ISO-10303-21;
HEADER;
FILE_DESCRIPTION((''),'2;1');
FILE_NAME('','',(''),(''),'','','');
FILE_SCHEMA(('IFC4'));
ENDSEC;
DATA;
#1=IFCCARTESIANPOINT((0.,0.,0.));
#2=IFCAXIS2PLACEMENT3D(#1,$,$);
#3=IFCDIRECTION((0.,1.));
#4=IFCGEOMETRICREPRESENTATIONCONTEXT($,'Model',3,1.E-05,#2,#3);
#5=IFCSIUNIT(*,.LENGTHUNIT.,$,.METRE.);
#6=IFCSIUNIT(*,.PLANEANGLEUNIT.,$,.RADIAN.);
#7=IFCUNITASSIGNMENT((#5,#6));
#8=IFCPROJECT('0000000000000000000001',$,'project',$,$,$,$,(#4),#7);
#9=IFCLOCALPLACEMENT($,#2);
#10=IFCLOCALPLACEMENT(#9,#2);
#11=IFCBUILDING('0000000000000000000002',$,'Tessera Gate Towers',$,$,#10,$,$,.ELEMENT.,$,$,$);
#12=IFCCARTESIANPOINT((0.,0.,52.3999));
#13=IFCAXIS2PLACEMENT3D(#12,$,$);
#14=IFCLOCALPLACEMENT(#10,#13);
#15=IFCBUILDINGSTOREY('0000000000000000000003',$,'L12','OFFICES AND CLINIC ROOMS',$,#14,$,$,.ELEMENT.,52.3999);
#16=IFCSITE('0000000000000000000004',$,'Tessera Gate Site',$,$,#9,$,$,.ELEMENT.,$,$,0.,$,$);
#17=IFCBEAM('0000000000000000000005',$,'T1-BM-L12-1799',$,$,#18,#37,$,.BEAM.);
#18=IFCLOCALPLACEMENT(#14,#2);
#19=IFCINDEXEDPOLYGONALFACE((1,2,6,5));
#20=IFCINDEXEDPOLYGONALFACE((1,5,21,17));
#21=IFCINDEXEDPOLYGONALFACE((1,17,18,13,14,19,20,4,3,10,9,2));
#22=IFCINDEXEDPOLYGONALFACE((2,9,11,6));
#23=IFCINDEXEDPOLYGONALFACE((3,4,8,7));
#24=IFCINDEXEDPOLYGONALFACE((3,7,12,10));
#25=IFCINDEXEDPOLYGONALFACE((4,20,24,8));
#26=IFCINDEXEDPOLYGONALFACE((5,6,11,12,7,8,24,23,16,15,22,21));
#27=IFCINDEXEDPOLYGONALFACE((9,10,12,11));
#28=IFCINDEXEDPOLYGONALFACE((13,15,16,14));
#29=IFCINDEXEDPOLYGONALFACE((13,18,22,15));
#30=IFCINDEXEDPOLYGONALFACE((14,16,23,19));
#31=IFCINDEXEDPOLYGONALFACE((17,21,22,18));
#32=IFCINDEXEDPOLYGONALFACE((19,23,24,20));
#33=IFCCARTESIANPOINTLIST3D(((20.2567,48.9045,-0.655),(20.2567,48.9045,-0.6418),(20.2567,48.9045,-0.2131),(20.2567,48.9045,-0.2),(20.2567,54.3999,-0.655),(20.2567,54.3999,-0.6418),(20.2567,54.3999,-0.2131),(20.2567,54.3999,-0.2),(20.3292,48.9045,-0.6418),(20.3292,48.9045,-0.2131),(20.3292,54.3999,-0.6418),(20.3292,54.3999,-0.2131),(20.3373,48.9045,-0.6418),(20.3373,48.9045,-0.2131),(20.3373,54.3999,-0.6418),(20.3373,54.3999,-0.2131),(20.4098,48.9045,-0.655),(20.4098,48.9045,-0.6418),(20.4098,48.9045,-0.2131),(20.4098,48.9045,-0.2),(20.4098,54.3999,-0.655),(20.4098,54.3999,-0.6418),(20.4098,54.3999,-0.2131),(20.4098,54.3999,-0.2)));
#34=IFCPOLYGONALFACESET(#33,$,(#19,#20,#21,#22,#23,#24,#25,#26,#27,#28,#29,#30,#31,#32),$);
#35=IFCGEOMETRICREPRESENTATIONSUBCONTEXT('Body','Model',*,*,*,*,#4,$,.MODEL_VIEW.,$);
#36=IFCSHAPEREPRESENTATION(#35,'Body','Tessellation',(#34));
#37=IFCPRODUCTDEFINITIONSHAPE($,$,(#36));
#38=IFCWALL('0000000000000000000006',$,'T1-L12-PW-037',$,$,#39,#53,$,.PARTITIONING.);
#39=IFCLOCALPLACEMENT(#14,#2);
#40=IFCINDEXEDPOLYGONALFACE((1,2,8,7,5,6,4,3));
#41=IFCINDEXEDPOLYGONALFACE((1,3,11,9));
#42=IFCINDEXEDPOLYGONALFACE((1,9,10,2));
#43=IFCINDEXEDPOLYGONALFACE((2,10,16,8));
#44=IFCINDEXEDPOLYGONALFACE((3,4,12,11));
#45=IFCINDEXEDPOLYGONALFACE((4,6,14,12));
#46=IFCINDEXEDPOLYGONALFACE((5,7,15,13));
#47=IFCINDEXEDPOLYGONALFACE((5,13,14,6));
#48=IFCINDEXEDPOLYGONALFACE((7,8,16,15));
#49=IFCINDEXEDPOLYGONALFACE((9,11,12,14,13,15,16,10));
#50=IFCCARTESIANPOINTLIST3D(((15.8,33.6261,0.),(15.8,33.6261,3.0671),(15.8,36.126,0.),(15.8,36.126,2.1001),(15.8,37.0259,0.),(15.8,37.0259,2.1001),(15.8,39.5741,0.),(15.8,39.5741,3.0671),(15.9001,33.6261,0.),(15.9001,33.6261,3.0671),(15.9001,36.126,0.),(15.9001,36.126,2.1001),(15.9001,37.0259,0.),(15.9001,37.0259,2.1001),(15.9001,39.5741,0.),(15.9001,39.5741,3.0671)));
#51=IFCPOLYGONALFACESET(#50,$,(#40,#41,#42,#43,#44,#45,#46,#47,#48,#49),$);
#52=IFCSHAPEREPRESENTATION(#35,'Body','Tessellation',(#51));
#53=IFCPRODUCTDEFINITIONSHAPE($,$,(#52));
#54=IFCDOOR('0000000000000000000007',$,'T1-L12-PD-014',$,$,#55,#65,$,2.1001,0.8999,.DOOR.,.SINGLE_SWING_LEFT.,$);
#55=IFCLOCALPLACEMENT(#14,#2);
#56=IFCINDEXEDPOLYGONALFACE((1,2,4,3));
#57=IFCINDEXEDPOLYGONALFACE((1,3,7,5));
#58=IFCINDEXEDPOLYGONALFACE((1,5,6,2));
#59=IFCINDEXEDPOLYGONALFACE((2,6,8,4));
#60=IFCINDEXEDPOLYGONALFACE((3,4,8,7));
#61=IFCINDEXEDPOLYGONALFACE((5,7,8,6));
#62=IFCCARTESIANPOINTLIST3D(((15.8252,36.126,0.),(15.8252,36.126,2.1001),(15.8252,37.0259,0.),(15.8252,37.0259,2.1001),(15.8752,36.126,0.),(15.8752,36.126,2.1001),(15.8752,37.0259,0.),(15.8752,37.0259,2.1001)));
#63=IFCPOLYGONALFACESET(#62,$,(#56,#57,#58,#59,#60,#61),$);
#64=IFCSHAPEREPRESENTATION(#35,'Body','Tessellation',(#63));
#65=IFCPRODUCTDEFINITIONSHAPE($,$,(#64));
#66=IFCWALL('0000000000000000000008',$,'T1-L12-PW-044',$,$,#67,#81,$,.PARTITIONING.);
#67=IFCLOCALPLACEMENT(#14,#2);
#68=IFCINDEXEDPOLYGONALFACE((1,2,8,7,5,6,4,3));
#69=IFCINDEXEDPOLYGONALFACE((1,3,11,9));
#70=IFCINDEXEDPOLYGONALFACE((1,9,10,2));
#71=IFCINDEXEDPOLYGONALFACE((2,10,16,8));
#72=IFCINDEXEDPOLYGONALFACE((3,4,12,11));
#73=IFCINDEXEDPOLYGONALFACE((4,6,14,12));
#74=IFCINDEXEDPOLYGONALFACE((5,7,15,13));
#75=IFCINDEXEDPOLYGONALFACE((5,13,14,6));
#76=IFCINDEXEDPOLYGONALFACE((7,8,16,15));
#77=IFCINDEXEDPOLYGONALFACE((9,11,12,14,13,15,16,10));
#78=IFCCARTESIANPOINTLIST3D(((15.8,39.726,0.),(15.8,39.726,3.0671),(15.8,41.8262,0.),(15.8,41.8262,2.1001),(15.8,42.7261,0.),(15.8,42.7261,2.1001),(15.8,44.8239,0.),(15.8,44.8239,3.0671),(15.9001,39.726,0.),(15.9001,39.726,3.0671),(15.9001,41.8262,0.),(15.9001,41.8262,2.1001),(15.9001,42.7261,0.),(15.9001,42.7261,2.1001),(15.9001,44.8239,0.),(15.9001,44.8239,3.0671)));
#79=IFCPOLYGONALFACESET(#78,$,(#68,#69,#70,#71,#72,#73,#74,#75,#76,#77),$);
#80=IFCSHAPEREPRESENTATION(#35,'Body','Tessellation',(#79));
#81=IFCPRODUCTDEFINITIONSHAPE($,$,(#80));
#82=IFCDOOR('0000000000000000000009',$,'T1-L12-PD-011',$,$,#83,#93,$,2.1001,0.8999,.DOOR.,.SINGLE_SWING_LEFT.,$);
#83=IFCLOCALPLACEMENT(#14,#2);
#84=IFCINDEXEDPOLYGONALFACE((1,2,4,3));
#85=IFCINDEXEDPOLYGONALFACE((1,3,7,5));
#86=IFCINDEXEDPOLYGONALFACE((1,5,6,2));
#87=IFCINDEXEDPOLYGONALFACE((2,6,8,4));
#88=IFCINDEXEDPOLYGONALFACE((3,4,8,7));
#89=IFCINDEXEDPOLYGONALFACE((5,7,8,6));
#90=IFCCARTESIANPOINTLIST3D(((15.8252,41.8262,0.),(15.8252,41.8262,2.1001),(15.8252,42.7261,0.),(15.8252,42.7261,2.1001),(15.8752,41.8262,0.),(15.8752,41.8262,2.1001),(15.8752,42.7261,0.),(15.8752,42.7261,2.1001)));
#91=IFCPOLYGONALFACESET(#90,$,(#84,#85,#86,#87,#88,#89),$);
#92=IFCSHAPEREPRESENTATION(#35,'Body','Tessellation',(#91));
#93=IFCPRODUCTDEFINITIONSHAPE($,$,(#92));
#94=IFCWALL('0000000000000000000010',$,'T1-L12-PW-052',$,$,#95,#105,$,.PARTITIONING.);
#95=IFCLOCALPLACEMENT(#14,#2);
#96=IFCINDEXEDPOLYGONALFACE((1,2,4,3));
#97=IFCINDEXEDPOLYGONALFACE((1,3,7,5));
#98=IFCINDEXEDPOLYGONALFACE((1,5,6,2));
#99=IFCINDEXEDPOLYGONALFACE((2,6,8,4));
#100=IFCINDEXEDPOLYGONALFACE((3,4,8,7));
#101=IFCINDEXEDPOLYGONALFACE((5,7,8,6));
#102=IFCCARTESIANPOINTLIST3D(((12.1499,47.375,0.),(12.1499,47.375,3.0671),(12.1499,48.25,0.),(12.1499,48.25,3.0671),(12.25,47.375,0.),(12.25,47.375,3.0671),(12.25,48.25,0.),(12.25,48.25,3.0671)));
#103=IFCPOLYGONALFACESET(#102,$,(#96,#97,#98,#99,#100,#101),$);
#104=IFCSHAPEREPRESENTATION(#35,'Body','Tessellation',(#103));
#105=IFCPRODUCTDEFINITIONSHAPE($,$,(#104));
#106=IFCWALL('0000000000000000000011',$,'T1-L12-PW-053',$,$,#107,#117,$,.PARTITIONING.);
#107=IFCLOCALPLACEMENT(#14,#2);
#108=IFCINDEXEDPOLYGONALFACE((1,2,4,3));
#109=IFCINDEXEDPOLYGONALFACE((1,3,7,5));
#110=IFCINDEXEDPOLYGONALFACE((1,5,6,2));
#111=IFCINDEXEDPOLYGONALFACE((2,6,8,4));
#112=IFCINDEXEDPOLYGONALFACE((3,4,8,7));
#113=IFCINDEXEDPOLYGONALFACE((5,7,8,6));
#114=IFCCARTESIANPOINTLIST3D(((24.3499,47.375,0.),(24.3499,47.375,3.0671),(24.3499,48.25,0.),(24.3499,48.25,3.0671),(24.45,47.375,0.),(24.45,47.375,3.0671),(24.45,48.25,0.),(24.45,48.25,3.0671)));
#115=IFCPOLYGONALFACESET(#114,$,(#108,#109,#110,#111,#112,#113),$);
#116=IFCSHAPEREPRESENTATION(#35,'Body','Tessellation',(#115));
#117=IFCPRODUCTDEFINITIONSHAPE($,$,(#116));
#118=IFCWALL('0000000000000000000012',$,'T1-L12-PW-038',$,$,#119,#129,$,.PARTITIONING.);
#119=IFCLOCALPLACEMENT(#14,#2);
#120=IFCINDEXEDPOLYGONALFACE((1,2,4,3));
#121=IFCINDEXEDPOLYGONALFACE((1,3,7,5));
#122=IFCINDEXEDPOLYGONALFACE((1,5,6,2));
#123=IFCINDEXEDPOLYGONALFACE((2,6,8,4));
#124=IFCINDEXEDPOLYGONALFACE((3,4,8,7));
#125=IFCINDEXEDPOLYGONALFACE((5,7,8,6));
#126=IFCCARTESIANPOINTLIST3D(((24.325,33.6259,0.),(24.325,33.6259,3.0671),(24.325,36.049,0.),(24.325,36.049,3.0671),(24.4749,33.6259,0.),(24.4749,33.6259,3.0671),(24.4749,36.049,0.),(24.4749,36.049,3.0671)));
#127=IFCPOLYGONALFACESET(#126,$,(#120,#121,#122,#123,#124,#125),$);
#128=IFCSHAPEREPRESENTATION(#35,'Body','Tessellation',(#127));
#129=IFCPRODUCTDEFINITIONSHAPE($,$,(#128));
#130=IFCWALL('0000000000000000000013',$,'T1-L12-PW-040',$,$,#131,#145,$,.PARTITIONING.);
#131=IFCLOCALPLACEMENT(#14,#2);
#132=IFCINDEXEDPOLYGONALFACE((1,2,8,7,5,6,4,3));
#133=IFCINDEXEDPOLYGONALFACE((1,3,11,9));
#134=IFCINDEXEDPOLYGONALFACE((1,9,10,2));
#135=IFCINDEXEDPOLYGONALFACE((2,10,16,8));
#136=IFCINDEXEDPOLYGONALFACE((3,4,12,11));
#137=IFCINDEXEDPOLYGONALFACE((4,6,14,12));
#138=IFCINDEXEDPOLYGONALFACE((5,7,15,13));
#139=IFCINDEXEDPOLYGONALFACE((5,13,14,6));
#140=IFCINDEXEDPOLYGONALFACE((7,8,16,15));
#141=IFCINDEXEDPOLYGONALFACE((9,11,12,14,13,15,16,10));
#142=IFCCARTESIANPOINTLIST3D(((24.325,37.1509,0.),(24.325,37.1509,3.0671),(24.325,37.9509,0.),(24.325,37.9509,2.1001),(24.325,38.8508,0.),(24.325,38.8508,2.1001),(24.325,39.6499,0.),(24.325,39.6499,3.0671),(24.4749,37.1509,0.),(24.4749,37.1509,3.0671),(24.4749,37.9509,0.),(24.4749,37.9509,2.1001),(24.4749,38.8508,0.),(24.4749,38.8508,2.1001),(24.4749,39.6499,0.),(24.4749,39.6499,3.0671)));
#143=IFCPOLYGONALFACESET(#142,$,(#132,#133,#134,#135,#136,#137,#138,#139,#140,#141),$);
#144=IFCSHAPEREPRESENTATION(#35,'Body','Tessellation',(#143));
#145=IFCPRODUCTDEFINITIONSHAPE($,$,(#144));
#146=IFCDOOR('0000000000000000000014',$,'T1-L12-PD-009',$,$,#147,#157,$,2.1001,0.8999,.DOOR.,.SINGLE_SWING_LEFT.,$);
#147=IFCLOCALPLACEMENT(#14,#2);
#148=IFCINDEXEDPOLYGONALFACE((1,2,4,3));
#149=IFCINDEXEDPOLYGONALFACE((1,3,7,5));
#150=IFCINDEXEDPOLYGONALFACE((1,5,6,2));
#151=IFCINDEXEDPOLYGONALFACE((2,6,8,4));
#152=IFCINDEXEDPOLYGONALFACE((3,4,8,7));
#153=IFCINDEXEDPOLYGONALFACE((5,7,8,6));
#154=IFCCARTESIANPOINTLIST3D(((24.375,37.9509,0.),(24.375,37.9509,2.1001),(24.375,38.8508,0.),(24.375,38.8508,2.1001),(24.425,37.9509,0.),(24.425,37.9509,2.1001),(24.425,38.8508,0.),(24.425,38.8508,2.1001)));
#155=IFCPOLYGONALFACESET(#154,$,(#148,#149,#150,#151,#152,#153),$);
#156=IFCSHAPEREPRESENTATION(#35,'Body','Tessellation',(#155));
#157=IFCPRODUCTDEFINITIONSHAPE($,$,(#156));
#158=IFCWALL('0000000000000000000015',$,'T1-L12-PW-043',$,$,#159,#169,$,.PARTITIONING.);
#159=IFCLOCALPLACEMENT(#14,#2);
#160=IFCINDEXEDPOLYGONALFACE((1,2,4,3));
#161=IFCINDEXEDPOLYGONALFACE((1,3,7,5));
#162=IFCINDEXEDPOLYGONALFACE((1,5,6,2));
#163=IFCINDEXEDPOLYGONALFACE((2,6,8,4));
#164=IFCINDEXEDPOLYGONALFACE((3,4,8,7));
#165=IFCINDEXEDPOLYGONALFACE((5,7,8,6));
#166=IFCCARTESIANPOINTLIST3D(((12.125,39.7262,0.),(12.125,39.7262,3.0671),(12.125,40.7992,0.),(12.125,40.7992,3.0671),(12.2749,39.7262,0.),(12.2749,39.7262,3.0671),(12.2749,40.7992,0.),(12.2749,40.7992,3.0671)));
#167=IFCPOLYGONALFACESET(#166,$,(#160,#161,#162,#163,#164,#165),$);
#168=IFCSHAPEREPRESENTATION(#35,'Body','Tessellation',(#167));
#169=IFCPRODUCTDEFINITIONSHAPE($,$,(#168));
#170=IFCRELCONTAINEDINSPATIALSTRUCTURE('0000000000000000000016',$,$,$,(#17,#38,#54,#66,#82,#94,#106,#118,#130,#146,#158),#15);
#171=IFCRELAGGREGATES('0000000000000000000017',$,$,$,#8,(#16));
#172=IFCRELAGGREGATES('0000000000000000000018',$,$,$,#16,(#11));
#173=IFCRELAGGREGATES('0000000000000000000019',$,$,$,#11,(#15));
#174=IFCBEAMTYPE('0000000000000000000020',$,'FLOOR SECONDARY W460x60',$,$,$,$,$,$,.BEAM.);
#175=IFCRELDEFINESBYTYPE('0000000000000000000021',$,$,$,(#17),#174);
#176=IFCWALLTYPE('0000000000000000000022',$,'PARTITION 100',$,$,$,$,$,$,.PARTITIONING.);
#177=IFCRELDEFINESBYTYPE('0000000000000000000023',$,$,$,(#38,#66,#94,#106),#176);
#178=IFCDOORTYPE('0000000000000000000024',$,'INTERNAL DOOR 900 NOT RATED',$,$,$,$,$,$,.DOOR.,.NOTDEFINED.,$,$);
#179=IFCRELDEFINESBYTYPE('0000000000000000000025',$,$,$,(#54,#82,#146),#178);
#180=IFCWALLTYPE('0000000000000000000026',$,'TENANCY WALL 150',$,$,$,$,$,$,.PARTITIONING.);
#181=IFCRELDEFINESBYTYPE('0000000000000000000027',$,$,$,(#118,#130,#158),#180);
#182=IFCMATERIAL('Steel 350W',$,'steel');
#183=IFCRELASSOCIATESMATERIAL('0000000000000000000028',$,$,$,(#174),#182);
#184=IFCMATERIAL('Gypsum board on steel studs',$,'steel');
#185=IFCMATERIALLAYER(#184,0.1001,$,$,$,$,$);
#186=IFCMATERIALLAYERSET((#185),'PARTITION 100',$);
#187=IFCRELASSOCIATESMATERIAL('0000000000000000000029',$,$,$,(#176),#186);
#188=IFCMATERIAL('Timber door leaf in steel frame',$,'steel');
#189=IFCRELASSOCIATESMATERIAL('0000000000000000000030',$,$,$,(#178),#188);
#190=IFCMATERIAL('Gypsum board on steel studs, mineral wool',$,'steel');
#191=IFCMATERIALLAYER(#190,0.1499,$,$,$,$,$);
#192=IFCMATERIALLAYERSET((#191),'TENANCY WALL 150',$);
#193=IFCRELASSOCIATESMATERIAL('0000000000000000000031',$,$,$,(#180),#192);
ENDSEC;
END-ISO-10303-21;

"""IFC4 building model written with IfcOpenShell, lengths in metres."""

from ifc_helpers import new_model, si_unit, direction, frame, frame_2d, origin, origin_2d, place, context, subcontext, project, spatial, rectangle, i_section, extrude, source, transform, mapped, material, layer, layer_set, material_profile, profile_set, type_object, element, fill, save


model = new_model("IFC4")

# Units and contexts
model_context = context("Model", 3, precision=1e-05, world=origin(), true_north=direction((0.0, 1.0)))
body_context = subcontext(model_context, "Body", "Model", "MODEL_VIEW")
ifc_project = project(units=[si_unit("LENGTHUNIT", "METRE"), si_unit("PLANEANGLEUNIT", "RADIAN")], contexts=[model_context])

# Site, building, storey
site_placement = place(None, origin())
site = spatial("IfcSite", under=ifc_project, at=site_placement, Name="Tessera Gate Site", CompositionType="ELEMENT", RefElevation=0.0)
building_placement = place(site_placement, origin())
building = spatial("IfcBuilding", under=site, at=building_placement, Name="Tessera Gate Towers", CompositionType="ELEMENT")
storey_placement = place(building_placement, frame((0.0, 0.0, 52.3999)))
storey = spatial("IfcBuildingStorey", under=building, at=storey_placement, Name="L12", Description="OFFICES AND CLINIC ROOMS", CompositionType="ELEMENT", Elevation=52.3999)

# Beam
ifc_material_1 = material(Name="Steel 350W", Category="steel")
ifc_material_profile_1 = material_profile(ifc_material_1, i_section(OverallWidth=0.1531, OverallDepth=0.4551, WebThickness=0.0081, FlangeThickness=0.0132, at=origin_2d()), Name="W460x60")
ifc_profile_set_1 = profile_set([ifc_material_profile_1], Name="Steel 350W")
beam_type_1 = type_object("IfcBeamType", Name="FLOOR SECONDARY W460x60", PredefinedType="BEAM", material=ifc_profile_set_1)
beam_1_placement = place(storey_placement, frame((20.3333, 48.9045, -0.4275), z_axis=(0.0, 1.0, 0.0), x_axis=(-1.0, 0.0, 0.0)))
element("IfcBeam", 1, at=beam_1_placement, inside=storey, type_object=beam_type_1, Name="T1-BM-L12-1799", PredefinedType="BEAM", context=body_context, shape_type="SweptSolid", body=[
    extrude(i_section(OverallWidth=0.1531, OverallDepth=0.4551, WebThickness=0.0081, FlangeThickness=0.0132, at=origin_2d()), origin(), (0.0, 0.0, 1.0), 5.4954),
])

# Walls, openings, doors
ifc_material_2 = material(Name="Gypsum board on steel studs", Category="steel")
ifc_layer_1 = layer(ifc_material_2, 0.1001)
ifc_layer_set_1 = layer_set([ifc_layer_1], Name="PARTITION 100")
wall_type_1 = type_object("IfcWallType", Name="PARTITION 100", PredefinedType="PARTITIONING", material=ifc_layer_set_1)
wall_1_placement = place(storey_placement, frame((15.8501, 33.626, 0.0), z_axis=(0.0, 0.0, 1.0), x_axis=(0.0, 1.0, 0.0)))
wall_1 = element("IfcWall", 2, at=wall_1_placement, inside=storey, type_object=wall_type_1, Name="T1-L12-PW-037", PredefinedType="PARTITIONING", context=body_context, shape_type="SweptSolid", body=[
    extrude(rectangle(XDim=5.948, YDim=0.1001, at=frame_2d((2.9741, 0.0))), origin(), (0.0, 0.0, 1.0), 3.0671),
])
shared_shape_1 = source(origin(), body_context, "Body", "SweptSolid", [
    extrude(rectangle(XDim=0.8999, YDim=2.1001, at=frame_2d((0.45, 1.05))), frame((0.0, 0.0601, 0.0), z_axis=(0.0, -1.0, 0.0), x_axis=(1.0, 0.0, 0.0)), (0.0, 0.0, 1.0), 0.1201),
])
opening_1_placement = place(wall_1_placement, frame((2.5, 0.0, 0.0)))
opening_1 = element("IfcOpeningElement", 3, at=opening_1_placement, cuts=wall_1, PredefinedType="OPENING", context=body_context, shape_type="MappedRepresentation", body=[
    mapped(shared_shape_1, transform((0.0, 0.0, 0.0), scale=1.0)),
])
ifc_material_3 = material(Name="Timber door leaf in steel frame", Category="steel")
door_type = type_object("IfcDoorType", Name="INTERNAL DOOR 900 NOT RATED", OperationType="NOTDEFINED", PredefinedType="DOOR", material=ifc_material_3)
shared_shape_2 = source(origin(), body_context, "Body", "SweptSolid", [
    extrude(rectangle(XDim=0.8999, YDim=2.1001, at=frame_2d((0.45, 1.05))), frame((0.0, 0.0249, 0.0), z_axis=(0.0, -1.0, 0.0), x_axis=(1.0, 0.0, 0.0)), (0.0, 0.0, 1.0), 0.05),
])
door_1_placement = place(opening_1_placement, origin())
door_1 = element("IfcDoor", 4, at=door_1_placement, inside=storey, type_object=door_type, Name="T1-L12-PD-014", OperationType="SINGLE_SWING_LEFT", OverallHeight=2.1001, OverallWidth=0.8999, PredefinedType="DOOR", context=body_context, shape_type="MappedRepresentation", body=[
    mapped(shared_shape_2, transform((0.0, 0.0, 0.0), scale=1.0)),
])
fill(opening_1, door_1)
wall_2_placement = place(storey_placement, frame((15.8501, 39.7261, 0.0), z_axis=(0.0, 0.0, 1.0), x_axis=(0.0, 1.0, 0.0)))
wall_2 = element("IfcWall", 5, at=wall_2_placement, inside=storey, type_object=wall_type_1, Name="T1-L12-PW-044", PredefinedType="PARTITIONING", context=body_context, shape_type="SweptSolid", body=[
    extrude(rectangle(XDim=5.0979, YDim=0.1001, at=frame_2d((2.5488, 0.0))), origin(), (0.0, 0.0, 1.0), 3.0671),
])
opening_2_placement = place(wall_2_placement, frame((2.1001, 0.0, 0.0)))
opening_2 = element("IfcOpeningElement", 6, at=opening_2_placement, cuts=wall_2, PredefinedType="OPENING", context=body_context, shape_type="MappedRepresentation", body=[
    mapped(shared_shape_1, transform((0.0, 0.0, 0.0), scale=1.0)),
])
door_2_placement = place(opening_2_placement, origin())
door_2 = element("IfcDoor", 7, at=door_2_placement, inside=storey, type_object=door_type, Name="T1-L12-PD-011", OperationType="SINGLE_SWING_LEFT", OverallHeight=2.1001, OverallWidth=0.8999, PredefinedType="DOOR", context=body_context, shape_type="MappedRepresentation", body=[
    mapped(shared_shape_2, transform((0.0, 0.0, 0.0), scale=1.0)),
])
fill(opening_2, door_2)

# Walls
for number, where, z_axis, x_axis, name in (
    (8, (12.2, 48.25, 0.0), (0.0, 0.0, 1.0), (0.0, -1.0, 0.0), "T1-L12-PW-052"),
    (9, (24.3999, 48.25, 0.0), (0.0, 0.0, 1.0), (0.0, -1.0, 0.0), "T1-L12-PW-053"),
):
    element("IfcWall", number, at=place(storey_placement, frame(where, z_axis=z_axis, x_axis=x_axis)), inside=storey, type_object=wall_type_1, Name=name, PredefinedType="PARTITIONING", context=body_context, shape_type="SweptSolid", body=[
        extrude(rectangle(XDim=0.875, YDim=0.1001, at=frame_2d((0.4375, 0.0))), origin(), (0.0, 0.0, 1.0), 3.0671),
    ])
ifc_material_4 = material(Name="Gypsum board on steel studs, mineral wool", Category="steel")
ifc_layer_2 = layer(ifc_material_4, 0.1499)
ifc_layer_set_2 = layer_set([ifc_layer_2], Name="TENANCY WALL 150")
wall_type_2 = type_object("IfcWallType", Name="TENANCY WALL 150", PredefinedType="PARTITIONING", material=ifc_layer_set_2)
wall_3_placement = place(storey_placement, frame((24.3999, 33.626, 0.0), z_axis=(0.0, 0.0, 1.0), x_axis=(0.0, 1.0, 0.0)))
element("IfcWall", 10, at=wall_3_placement, inside=storey, type_object=wall_type_2, Name="T1-L12-PW-038", PredefinedType="PARTITIONING", context=body_context, shape_type="SweptSolid", body=[
    extrude(rectangle(XDim=2.4231, YDim=0.1499, at=frame_2d((1.2114, 0.0))), origin(), (0.0, 0.0, 1.0), 3.0671),
])

# Wall, opening, door
wall_4_placement = place(storey_placement, frame((24.3999, 37.1509, 0.0), z_axis=(0.0, 0.0, 1.0), x_axis=(0.0, 1.0, 0.0)))
wall_4 = element("IfcWall", 11, at=wall_4_placement, inside=storey, type_object=wall_type_2, Name="T1-L12-PW-040", PredefinedType="PARTITIONING", context=body_context, shape_type="SweptSolid", body=[
    extrude(rectangle(XDim=2.499, YDim=0.1499, at=frame_2d((1.2495, 0.0))), origin(), (0.0, 0.0, 1.0), 3.0671),
])
shared_shape_3 = source(origin(), body_context, "Body", "SweptSolid", [
    extrude(rectangle(XDim=0.8999, YDim=2.1001, at=frame_2d((0.45, 1.05))), frame((0.0, 0.085, 0.0), z_axis=(0.0, -1.0, 0.0), x_axis=(1.0, 0.0, 0.0)), (0.0, 0.0, 1.0), 0.1699),
])
opening_3_placement = place(wall_4_placement, frame((0.8, 0.0, 0.0)))
opening_3 = element("IfcOpeningElement", 12, at=opening_3_placement, cuts=wall_4, PredefinedType="OPENING", context=body_context, shape_type="MappedRepresentation", body=[
    mapped(shared_shape_3, transform((0.0, 0.0, 0.0), scale=1.0)),
])
door_3_placement = place(opening_3_placement, origin())
door_3 = element("IfcDoor", 13, at=door_3_placement, inside=storey, type_object=door_type, Name="T1-L12-PD-009", OperationType="SINGLE_SWING_LEFT", OverallHeight=2.1001, OverallWidth=0.8999, PredefinedType="DOOR", context=body_context, shape_type="MappedRepresentation", body=[
    mapped(shared_shape_2, transform((0.0, 0.0, 0.0), scale=1.0)),
])
fill(opening_3, door_3)

# Wall
wall_5_placement = place(storey_placement, frame((12.2, 39.7261, 0.0), z_axis=(0.0, 0.0, 1.0), x_axis=(0.0, 1.0, 0.0)))
element("IfcWall", 14, at=wall_5_placement, inside=storey, type_object=wall_type_2, Name="T1-L12-PW-043", PredefinedType="PARTITIONING", context=body_context, shape_type="SweptSolid", body=[
    extrude(rectangle(XDim=1.073, YDim=0.1499, at=frame_2d((0.5366, 0.0))), origin(), (0.0, 0.0, 1.0), 3.0671),
])

save(model, "model.ifc")
